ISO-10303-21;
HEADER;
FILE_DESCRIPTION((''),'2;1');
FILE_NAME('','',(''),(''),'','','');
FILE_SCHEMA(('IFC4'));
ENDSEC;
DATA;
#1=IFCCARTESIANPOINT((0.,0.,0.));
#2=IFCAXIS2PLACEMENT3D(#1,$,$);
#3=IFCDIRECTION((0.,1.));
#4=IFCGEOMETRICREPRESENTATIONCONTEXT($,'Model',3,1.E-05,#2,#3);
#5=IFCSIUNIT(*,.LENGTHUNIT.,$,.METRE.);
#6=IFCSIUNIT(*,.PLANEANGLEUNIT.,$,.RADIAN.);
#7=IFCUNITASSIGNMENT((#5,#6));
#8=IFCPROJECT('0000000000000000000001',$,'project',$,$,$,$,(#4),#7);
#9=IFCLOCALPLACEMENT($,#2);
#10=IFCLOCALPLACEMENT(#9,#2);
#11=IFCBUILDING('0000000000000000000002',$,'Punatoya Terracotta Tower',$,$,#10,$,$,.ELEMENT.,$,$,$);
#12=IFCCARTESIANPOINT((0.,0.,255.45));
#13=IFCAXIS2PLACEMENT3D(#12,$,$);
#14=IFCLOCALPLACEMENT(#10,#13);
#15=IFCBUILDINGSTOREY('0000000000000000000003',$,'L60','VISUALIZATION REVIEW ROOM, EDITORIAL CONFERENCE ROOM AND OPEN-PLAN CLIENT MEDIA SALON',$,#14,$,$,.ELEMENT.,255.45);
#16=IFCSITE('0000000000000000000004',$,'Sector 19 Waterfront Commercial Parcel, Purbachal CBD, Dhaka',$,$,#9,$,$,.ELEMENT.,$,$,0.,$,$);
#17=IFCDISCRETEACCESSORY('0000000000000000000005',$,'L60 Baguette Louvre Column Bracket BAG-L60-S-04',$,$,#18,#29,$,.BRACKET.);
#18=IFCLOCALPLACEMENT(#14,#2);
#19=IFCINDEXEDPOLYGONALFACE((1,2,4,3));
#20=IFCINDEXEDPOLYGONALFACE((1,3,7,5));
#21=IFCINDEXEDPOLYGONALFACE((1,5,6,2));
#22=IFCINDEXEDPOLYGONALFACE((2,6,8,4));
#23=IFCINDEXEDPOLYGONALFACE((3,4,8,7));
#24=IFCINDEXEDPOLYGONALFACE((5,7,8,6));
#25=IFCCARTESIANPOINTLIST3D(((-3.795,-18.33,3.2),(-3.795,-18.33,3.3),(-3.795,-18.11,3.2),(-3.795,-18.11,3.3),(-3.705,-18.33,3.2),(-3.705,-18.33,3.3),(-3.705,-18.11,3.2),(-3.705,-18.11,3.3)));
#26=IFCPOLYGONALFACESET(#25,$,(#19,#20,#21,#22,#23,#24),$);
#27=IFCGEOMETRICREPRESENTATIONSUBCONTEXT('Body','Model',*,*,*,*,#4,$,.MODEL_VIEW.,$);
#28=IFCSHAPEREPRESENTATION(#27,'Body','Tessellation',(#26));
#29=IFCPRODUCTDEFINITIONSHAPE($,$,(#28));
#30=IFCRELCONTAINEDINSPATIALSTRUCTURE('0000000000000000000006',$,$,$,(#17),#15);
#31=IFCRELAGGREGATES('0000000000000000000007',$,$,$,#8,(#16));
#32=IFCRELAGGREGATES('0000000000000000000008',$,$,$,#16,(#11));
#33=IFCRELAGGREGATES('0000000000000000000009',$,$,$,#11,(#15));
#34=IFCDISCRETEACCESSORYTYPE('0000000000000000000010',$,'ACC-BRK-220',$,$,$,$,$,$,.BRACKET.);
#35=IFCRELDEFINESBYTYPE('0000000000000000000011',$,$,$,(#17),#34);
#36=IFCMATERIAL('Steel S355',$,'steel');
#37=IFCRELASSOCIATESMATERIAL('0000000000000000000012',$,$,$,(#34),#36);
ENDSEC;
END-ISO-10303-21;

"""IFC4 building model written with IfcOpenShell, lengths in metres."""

from ifc_helpers import new_model, si_unit, direction, frame, origin, origin_2d, place, context, subcontext, project, spatial, rectangle, extrude, material, type_object, element, save


model = new_model("IFC4")

# Units and contexts
model_context = context("Model", 3, precision=1e-05, world=origin(), true_north=direction((0.0, 1.0)))
body_context = subcontext(model_context, "Body", "Model", "MODEL_VIEW")
ifc_project = project(units=[si_unit("LENGTHUNIT", "METRE"), si_unit("PLANEANGLEUNIT", "RADIAN")], contexts=[model_context])

# Site, building, storey
site_placement = place(None, origin())
site = spatial("IfcSite", under=ifc_project, at=site_placement, Name="Sector 19 Waterfront Commercial Parcel, Purbachal CBD, Dhaka", CompositionType="ELEMENT", RefElevation=0.0)
building_placement = place(site_placement, origin())
building = spatial("IfcBuilding", under=site, at=building_placement, Name="Punatoya Terracotta Tower", CompositionType="ELEMENT")
storey_placement = place(building_placement, frame((0.0, 0.0, 255.45)))
storey = spatial("IfcBuildingStorey", under=building, at=storey_placement, Name="L60", Description="VISUALIZATION REVIEW ROOM, EDITORIAL CONFERENCE ROOM AND OPEN-PLAN CLIENT MEDIA SALON", CompositionType="ELEMENT", Elevation=255.45)

# Discrete accessory
ifc_material_1 = material(Name="Steel S355", Category="steel")
discrete_accessory_type = type_object("IfcDiscreteAccessoryType", Name="ACC-BRK-220", PredefinedType="BRACKET", material=ifc_material_1)
for number, where, z_axis, x_axis, name in (
    (1, (-3.75, -18.22, 3.2), (0.0, 0.0, 1.0), (1.0, 0.0, 0.0), "L60 Baguette Louvre Column Bracket BAG-L60-S-04"),
):
    element("IfcDiscreteAccessory", number, at=place(storey_placement, frame(where, z_axis=z_axis, x_axis=x_axis)), inside=storey, type_object=discrete_accessory_type, Name=name, PredefinedType="BRACKET", context=body_context, shape_type="SweptSolid", body=[
        extrude(rectangle(XDim=0.0901, YDim=0.22, at=origin_2d()), origin(), (0.0, 0.0, 1.0), 0.1001),
    ])

save(model, "model.ifc")
